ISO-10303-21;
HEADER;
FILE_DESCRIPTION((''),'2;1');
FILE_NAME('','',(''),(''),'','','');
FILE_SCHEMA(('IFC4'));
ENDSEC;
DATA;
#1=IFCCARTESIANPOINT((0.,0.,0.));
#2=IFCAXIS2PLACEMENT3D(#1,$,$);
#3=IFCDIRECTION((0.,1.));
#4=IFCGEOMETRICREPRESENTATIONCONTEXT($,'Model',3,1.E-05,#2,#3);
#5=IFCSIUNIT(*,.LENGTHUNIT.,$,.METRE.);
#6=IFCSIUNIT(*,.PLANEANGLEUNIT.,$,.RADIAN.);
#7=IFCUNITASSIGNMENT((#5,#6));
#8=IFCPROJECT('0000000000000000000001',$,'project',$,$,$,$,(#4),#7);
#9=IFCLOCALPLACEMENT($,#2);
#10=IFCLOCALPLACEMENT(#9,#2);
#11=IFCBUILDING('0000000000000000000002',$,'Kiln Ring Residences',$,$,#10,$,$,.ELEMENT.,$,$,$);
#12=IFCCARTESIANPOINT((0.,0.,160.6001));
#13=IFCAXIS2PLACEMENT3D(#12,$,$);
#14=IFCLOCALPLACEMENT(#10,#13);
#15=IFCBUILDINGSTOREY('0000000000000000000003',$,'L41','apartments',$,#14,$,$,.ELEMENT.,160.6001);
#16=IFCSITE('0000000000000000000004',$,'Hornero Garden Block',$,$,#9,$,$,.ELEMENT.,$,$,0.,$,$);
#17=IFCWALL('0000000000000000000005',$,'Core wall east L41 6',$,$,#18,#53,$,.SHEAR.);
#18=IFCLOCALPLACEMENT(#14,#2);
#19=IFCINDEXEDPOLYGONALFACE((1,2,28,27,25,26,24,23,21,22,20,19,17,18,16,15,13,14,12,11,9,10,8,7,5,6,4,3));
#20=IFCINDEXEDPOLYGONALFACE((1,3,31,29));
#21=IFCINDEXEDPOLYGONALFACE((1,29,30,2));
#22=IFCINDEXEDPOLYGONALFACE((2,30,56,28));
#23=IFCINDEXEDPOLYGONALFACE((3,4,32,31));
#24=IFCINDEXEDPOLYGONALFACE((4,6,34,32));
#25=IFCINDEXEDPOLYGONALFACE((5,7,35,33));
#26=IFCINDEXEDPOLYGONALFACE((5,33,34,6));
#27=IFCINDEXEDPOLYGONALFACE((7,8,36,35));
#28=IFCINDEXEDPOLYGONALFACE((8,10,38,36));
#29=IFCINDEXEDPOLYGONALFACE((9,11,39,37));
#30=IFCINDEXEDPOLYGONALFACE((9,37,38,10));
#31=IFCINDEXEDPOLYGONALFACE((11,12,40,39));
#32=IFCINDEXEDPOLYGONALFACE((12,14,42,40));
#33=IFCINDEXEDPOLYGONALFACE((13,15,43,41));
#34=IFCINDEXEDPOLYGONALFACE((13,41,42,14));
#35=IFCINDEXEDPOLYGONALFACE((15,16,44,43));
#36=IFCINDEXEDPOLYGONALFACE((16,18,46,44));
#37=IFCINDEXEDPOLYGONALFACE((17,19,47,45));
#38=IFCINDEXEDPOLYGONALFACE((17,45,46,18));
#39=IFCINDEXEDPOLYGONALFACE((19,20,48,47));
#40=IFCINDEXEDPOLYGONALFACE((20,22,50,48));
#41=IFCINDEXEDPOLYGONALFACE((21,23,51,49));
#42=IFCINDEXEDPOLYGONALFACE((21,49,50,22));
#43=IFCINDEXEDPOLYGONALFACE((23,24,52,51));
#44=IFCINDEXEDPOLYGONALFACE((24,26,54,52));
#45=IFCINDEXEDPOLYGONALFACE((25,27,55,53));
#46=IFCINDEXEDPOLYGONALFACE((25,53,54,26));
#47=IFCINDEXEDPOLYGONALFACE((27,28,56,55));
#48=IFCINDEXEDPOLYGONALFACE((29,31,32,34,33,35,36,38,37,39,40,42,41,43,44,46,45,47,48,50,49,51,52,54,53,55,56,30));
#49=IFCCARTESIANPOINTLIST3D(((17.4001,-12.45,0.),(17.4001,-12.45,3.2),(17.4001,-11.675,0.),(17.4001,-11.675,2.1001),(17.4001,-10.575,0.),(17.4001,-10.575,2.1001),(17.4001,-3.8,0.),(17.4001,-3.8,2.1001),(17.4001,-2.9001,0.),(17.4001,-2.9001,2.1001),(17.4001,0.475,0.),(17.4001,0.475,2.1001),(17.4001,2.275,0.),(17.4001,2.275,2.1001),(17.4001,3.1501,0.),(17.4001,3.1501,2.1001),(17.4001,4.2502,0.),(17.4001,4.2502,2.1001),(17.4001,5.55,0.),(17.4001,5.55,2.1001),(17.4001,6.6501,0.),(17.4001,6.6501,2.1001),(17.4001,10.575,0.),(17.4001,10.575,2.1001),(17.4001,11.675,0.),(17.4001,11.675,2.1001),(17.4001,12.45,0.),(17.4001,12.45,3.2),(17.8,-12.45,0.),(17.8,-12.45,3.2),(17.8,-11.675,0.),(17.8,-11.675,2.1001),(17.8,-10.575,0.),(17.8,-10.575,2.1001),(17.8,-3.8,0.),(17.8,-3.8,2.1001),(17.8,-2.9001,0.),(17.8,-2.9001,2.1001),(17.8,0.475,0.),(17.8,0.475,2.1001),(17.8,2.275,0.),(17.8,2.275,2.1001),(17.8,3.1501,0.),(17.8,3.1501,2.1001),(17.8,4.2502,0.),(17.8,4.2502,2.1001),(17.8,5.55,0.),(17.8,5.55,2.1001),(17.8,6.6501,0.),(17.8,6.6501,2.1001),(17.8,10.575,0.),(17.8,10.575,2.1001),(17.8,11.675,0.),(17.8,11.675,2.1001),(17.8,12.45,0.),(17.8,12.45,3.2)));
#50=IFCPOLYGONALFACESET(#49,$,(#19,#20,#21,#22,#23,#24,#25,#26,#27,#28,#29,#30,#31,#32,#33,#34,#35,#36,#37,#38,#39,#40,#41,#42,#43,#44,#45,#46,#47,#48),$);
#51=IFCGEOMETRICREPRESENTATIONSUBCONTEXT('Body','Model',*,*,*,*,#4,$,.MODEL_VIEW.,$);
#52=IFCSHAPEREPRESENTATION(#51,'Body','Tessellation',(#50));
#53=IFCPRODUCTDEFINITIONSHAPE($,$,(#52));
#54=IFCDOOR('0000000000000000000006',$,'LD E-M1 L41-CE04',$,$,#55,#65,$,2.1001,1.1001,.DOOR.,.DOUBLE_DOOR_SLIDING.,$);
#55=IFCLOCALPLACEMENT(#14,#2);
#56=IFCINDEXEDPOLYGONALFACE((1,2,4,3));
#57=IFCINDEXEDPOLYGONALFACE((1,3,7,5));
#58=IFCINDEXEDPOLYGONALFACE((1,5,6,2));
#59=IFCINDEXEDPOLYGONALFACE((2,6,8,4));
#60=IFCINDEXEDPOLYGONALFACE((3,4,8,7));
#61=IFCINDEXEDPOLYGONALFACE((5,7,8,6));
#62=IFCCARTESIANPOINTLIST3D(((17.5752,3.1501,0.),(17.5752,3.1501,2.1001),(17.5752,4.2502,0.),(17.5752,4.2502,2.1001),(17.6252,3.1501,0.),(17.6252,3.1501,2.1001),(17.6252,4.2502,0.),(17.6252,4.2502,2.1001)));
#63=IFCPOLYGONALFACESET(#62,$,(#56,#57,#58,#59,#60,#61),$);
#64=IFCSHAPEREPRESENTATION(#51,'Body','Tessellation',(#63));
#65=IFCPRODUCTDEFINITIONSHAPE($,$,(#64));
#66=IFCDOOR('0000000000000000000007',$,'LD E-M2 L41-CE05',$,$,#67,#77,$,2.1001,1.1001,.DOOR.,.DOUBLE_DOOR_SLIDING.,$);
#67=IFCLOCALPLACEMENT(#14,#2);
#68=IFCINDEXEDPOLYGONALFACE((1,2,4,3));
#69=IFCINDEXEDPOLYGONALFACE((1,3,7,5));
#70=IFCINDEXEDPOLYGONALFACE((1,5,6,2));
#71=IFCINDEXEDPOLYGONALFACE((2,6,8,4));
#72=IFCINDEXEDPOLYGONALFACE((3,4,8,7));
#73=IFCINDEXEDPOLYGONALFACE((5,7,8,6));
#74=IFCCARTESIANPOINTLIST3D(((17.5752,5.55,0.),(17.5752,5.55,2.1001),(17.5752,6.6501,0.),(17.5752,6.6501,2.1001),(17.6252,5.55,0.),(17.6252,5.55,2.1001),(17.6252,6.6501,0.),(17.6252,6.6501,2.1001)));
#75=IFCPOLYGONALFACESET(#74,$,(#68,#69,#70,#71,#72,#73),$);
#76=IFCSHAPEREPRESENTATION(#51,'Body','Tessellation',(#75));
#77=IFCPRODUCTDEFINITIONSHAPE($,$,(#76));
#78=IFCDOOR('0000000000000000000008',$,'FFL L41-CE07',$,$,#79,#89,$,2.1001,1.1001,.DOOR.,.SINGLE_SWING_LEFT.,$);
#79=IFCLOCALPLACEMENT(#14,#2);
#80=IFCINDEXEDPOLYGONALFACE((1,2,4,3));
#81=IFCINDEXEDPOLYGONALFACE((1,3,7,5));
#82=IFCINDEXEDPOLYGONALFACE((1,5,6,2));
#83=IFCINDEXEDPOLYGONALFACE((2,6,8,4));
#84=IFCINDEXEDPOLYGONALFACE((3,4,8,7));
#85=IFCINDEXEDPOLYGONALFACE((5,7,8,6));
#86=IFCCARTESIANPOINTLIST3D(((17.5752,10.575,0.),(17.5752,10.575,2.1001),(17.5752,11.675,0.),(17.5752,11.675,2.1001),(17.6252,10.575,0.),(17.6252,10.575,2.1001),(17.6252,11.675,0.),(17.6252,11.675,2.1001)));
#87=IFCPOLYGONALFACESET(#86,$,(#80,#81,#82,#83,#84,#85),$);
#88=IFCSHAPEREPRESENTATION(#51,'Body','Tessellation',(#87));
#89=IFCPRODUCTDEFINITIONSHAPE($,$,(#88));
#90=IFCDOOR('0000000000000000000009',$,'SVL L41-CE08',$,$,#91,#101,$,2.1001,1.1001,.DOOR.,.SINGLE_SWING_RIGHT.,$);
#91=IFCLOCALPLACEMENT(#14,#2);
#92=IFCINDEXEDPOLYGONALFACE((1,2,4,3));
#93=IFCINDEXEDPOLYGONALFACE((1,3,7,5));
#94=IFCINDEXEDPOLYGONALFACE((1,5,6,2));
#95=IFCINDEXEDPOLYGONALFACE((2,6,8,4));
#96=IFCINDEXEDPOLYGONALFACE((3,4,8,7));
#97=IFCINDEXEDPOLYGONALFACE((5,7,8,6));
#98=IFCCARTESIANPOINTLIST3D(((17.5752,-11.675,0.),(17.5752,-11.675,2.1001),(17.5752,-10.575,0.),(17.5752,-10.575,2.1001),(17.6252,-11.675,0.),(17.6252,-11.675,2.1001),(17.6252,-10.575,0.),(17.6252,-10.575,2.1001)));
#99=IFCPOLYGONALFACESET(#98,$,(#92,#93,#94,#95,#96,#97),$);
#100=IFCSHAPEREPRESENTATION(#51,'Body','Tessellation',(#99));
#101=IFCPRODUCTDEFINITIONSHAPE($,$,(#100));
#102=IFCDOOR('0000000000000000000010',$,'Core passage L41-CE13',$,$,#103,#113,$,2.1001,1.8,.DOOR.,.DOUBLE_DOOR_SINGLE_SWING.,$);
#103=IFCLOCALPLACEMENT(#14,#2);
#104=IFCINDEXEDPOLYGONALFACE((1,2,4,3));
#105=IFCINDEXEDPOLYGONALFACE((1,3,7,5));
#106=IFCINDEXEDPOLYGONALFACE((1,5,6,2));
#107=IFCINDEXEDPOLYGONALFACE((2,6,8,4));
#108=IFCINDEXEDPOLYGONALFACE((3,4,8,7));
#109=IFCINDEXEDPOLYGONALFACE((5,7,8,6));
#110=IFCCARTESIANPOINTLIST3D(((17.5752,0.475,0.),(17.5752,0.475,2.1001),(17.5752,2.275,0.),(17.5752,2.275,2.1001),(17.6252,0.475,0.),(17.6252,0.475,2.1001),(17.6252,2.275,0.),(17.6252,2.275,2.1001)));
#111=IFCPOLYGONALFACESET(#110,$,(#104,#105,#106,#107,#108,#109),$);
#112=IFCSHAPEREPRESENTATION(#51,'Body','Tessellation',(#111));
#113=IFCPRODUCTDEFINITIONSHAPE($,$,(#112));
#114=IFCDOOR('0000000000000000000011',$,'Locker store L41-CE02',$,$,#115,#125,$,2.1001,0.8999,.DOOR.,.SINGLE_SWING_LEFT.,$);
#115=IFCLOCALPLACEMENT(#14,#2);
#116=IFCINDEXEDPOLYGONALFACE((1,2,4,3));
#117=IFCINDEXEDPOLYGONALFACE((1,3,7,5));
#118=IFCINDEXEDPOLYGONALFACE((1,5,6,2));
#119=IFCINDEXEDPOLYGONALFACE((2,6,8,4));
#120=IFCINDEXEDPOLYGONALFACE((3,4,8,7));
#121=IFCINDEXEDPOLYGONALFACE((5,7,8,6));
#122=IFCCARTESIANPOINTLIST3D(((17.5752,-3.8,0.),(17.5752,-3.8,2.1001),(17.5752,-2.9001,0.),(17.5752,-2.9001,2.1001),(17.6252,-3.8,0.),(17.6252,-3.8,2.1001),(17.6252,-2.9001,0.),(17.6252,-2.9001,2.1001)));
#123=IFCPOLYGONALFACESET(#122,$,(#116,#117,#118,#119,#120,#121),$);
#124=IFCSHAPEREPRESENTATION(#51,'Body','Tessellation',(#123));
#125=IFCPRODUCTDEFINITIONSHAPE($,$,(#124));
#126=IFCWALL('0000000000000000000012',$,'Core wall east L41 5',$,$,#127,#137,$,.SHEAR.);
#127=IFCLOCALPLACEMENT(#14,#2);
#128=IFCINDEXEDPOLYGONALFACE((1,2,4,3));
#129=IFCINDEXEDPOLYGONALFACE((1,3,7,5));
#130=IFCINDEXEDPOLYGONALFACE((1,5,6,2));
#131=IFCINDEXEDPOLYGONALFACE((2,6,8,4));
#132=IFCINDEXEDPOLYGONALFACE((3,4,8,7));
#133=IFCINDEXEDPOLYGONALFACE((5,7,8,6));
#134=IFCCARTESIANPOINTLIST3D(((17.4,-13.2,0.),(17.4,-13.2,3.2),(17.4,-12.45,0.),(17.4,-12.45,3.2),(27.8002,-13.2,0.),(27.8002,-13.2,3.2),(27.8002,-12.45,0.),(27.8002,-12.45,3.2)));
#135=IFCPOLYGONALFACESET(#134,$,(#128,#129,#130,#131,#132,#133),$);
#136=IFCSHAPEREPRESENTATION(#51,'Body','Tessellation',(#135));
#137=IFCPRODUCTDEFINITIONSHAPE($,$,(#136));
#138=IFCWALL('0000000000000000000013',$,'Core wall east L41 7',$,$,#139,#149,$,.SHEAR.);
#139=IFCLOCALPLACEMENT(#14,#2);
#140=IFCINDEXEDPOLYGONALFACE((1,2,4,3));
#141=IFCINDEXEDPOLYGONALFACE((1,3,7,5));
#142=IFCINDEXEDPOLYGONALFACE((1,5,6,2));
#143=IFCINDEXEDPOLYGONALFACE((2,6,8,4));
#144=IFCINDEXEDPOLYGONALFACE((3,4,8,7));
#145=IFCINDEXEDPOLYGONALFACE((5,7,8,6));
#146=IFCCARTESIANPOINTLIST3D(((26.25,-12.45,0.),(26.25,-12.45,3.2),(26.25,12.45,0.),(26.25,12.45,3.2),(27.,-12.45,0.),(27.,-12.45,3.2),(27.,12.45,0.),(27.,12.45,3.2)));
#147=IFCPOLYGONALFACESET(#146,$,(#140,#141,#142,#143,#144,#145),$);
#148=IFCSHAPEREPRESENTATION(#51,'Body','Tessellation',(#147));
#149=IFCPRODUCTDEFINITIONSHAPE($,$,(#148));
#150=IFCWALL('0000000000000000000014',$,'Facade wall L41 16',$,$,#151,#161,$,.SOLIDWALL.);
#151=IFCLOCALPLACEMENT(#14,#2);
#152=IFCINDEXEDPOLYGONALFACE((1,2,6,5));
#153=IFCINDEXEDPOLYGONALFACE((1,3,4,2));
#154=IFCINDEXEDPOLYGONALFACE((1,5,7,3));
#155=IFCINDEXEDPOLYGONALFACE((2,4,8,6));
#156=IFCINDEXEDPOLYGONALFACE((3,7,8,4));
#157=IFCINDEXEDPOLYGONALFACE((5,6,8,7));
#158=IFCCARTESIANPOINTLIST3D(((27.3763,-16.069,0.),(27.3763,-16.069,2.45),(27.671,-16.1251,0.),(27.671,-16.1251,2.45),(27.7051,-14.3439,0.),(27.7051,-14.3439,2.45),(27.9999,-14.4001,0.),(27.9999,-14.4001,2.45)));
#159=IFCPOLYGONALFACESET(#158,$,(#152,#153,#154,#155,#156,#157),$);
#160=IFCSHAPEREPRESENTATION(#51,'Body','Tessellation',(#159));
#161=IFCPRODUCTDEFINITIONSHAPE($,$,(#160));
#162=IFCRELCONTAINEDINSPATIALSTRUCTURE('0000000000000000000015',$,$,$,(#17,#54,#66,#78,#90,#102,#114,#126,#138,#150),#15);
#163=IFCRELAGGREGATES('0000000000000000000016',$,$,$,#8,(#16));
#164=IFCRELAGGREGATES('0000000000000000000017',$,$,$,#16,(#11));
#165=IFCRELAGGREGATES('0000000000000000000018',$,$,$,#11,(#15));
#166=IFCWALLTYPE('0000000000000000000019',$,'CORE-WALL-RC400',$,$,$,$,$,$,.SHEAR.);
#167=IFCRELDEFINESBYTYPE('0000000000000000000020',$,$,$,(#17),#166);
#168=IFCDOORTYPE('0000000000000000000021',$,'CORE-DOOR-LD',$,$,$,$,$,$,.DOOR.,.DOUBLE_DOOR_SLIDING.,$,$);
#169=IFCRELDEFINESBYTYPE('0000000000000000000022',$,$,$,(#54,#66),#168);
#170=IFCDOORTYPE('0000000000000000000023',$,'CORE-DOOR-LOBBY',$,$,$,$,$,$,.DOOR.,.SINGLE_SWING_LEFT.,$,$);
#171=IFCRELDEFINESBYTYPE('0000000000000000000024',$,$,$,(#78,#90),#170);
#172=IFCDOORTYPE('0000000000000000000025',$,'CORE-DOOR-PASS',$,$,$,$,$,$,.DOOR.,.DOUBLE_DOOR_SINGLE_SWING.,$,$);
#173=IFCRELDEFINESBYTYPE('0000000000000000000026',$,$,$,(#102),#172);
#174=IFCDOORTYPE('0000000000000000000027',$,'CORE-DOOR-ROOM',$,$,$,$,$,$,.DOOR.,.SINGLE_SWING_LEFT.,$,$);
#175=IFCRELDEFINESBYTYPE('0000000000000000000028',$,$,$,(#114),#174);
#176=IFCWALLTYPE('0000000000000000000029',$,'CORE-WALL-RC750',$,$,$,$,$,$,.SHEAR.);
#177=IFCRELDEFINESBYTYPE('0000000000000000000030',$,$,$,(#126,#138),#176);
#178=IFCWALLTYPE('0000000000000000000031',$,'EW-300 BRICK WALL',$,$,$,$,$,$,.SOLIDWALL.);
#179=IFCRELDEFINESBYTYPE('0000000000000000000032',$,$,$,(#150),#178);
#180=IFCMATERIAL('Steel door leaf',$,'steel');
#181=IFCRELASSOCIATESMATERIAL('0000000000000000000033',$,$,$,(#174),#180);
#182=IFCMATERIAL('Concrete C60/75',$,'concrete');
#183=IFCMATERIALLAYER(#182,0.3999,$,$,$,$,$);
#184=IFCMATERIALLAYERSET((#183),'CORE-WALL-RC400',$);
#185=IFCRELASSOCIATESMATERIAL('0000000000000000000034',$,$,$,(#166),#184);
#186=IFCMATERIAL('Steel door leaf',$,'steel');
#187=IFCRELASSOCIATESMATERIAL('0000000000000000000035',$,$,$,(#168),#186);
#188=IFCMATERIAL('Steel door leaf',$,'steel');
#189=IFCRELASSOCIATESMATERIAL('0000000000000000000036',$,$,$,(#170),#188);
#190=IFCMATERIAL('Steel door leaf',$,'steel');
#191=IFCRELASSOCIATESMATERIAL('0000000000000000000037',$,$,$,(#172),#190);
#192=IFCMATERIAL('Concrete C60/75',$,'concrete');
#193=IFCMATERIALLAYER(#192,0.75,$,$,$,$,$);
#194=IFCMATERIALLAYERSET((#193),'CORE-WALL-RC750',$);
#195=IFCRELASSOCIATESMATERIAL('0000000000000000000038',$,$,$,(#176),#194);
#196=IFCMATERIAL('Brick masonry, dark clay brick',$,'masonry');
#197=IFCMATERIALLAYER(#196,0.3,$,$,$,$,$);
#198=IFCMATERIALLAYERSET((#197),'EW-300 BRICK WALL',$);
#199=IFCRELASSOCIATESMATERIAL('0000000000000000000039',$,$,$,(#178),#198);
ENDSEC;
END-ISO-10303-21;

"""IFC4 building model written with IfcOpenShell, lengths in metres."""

from ifc_helpers import new_model, si_unit, direction, frame, frame_2d, origin, place, context, subcontext, project, spatial, rectangle, extrude, material, layer, layer_set, type_object, element, fill, save


model = new_model("IFC4")

# Units and contexts
model_context = context("Model", 3, precision=1e-05, world=origin(), true_north=direction((0.0, 1.0)))
body_context = subcontext(model_context, "Body", "Model", "MODEL_VIEW")
ifc_project = project(units=[si_unit("LENGTHUNIT", "METRE"), si_unit("PLANEANGLEUNIT", "RADIAN")], contexts=[model_context])

# Site, building, storey
site_placement = place(None, origin())
site = spatial("IfcSite", under=ifc_project, at=site_placement, Name="Hornero Garden Block", CompositionType="ELEMENT", RefElevation=0.0)
building_placement = place(site_placement, origin())
building = spatial("IfcBuilding", under=site, at=building_placement, Name="Kiln Ring Residences", CompositionType="ELEMENT")
storey_placement = place(building_placement, frame((0.0, 0.0, 160.6001)))
storey = spatial("IfcBuildingStorey", under=building, at=storey_placement, Name="L41", Description="apartments", CompositionType="ELEMENT", Elevation=160.6001)

# Shared definitions
ifc_material_1 = material(Name="Steel door leaf", Category="steel")
door_type_1 = type_object("IfcDoorType", Name="CORE-DOOR-ROOM", OperationType="SINGLE_SWING_LEFT", PredefinedType="DOOR", material=ifc_material_1)

# Wall, openings, doors
ifc_material_2 = material(Name="Concrete C60/75", Category="concrete")
ifc_layer_1 = layer(ifc_material_2, 0.3999)
ifc_layer_set_1 = layer_set([ifc_layer_1], Name="CORE-WALL-RC400")
wall_type_1 = type_object("IfcWallType", Name="CORE-WALL-RC400", PredefinedType="SHEAR", material=ifc_layer_set_1)
wall_1_placement = place(storey_placement, frame((17.6001, -12.45, 0.0), z_axis=(0.0, 0.0, 1.0), x_axis=(0.0, 1.0, 0.0)))
wall_1 = element("IfcWall", 1, at=wall_1_placement, inside=storey, type_object=wall_type_1, Name="Core wall east L41 6", PredefinedType="SHEAR", context=body_context, shape_type="SweptSolid", body=[
    extrude(rectangle(XDim=24.8999, YDim=0.3999, at=frame_2d((12.45, 0.0))), origin(), (0.0, 0.0, 1.0), 3.2),
])
opening_1_placement = place(wall_1_placement, frame((8.6499, 0.0, 0.0)))
opening_1 = element("IfcOpeningElement", 2, at=opening_1_placement, cuts=wall_1, PredefinedType="OPENING", context=body_context, shape_type="SweptSolid", body=[
    extrude(rectangle(XDim=0.8999, YDim=2.1001, at=frame_2d((0.45, 1.05))), frame((0.0, 0.21, 0.0), z_axis=(0.0, -1.0, 0.0), x_axis=(1.0, 0.0, 0.0)), (0.0, 0.0, 1.0), 0.4199),
])
opening_2_placement = place(wall_1_placement, frame((15.6001, 0.0, 0.0)))
opening_2 = element("IfcOpeningElement", 3, at=opening_2_placement, cuts=wall_1, PredefinedType="OPENING", context=body_context, shape_type="SweptSolid", body=[
    extrude(rectangle(XDim=1.1001, YDim=2.1001, at=frame_2d((0.55, 1.05))), frame((0.0, 0.21, 0.0), z_axis=(0.0, -1.0, 0.0), x_axis=(1.0, 0.0, 0.0)), (0.0, 0.0, 1.0), 0.4199),
])
opening_3_placement = place(wall_1_placement, frame((18.0, 0.0, 0.0)))
opening_3 = element("IfcOpeningElement", 4, at=opening_3_placement, cuts=wall_1, PredefinedType="OPENING", context=body_context, shape_type="SweptSolid", body=[
    extrude(rectangle(XDim=1.1001, YDim=2.1001, at=frame_2d((0.55, 1.05))), frame((0.0, 0.21, 0.0), z_axis=(0.0, -1.0, 0.0), x_axis=(1.0, 0.0, 0.0)), (0.0, 0.0, 1.0), 0.4199),
])
opening_4_placement = place(wall_1_placement, frame((23.0249, 0.0, 0.0)))
opening_4 = element("IfcOpeningElement", 5, at=opening_4_placement, cuts=wall_1, PredefinedType="OPENING", context=body_context, shape_type="SweptSolid", body=[
    extrude(rectangle(XDim=1.1001, YDim=2.1001, at=frame_2d((0.55, 1.05))), frame((0.0, 0.21, 0.0), z_axis=(0.0, -1.0, 0.0), x_axis=(1.0, 0.0, 0.0)), (0.0, 0.0, 1.0), 0.4199),
])
opening_5_placement = place(wall_1_placement, frame((0.7749, 0.0, 0.0)))
opening_5 = element("IfcOpeningElement", 6, at=opening_5_placement, cuts=wall_1, PredefinedType="OPENING", context=body_context, shape_type="SweptSolid", body=[
    extrude(rectangle(XDim=1.1001, YDim=2.1001, at=frame_2d((0.55, 1.05))), frame((0.0, 0.21, 0.0), z_axis=(0.0, -1.0, 0.0), x_axis=(1.0, 0.0, 0.0)), (0.0, 0.0, 1.0), 0.4199),
])
opening_6_placement = place(wall_1_placement, frame((12.925, 0.0, 0.0)))
opening_6 = element("IfcOpeningElement", 7, at=opening_6_placement, cuts=wall_1, PredefinedType="OPENING", context=body_context, shape_type="SweptSolid", body=[
    extrude(rectangle(XDim=1.8, YDim=2.1001, at=frame_2d((0.8999, 1.05))), frame((0.0, 0.21, 0.0), z_axis=(0.0, -1.0, 0.0), x_axis=(1.0, 0.0, 0.0)), (0.0, 0.0, 1.0), 0.4199),
])
ifc_material_3 = material(Name="Steel door leaf", Category="steel")
door_type_2 = type_object("IfcDoorType", Name="CORE-DOOR-LD", OperationType="DOUBLE_DOOR_SLIDING", PredefinedType="DOOR", material=ifc_material_3)
door_1_placement = place(opening_2_placement, origin())
door_1 = element("IfcDoor", 8, at=door_1_placement, inside=storey, type_object=door_type_2, Name="LD E-M1 L41-CE04", OperationType="DOUBLE_DOOR_SLIDING", OverallHeight=2.1001, OverallWidth=1.1001, PredefinedType="DOOR", context=body_context, shape_type="SweptSolid", body=[
    extrude(rectangle(XDim=1.1001, YDim=2.1001, at=frame_2d((0.55, 1.05))), frame((0.0, 0.0249, 0.0), z_axis=(0.0, -1.0, 0.0), x_axis=(1.0, 0.0, 0.0)), (0.0, 0.0, 1.0), 0.05),
])
fill(opening_2, door_1)
door_2_placement = place(opening_3_placement, origin())
door_2 = element("IfcDoor", 9, at=door_2_placement, inside=storey, type_object=door_type_2, Name="LD E-M2 L41-CE05", OperationType="DOUBLE_DOOR_SLIDING", OverallHeight=2.1001, OverallWidth=1.1001, PredefinedType="DOOR", context=body_context, shape_type="SweptSolid", body=[
    extrude(rectangle(XDim=1.1001, YDim=2.1001, at=frame_2d((0.55, 1.05))), frame((0.0, 0.0249, 0.0), z_axis=(0.0, -1.0, 0.0), x_axis=(1.0, 0.0, 0.0)), (0.0, 0.0, 1.0), 0.05),
])
fill(opening_3, door_2)
ifc_material_4 = material(Name="Steel door leaf", Category="steel")
door_type_3 = type_object("IfcDoorType", Name="CORE-DOOR-LOBBY", OperationType="SINGLE_SWING_LEFT", PredefinedType="DOOR", material=ifc_material_4)
door_3_placement = place(opening_4_placement, origin())
door_3 = element("IfcDoor", 10, at=door_3_placement, inside=storey, type_object=door_type_3, Name="FFL L41-CE07", OperationType="SINGLE_SWING_LEFT", OverallHeight=2.1001, OverallWidth=1.1001, PredefinedType="DOOR", context=body_context, shape_type="SweptSolid", body=[
    extrude(rectangle(XDim=1.1001, YDim=2.1001, at=frame_2d((0.55, 1.05))), frame((0.0, 0.0249, 0.0), z_axis=(0.0, -1.0, 0.0), x_axis=(1.0, 0.0, 0.0)), (0.0, 0.0, 1.0), 0.05),
])
fill(opening_4, door_3)
door_4_placement = place(opening_5_placement, origin())
door_4 = element("IfcDoor", 11, at=door_4_placement, inside=storey, type_object=door_type_3, Name="SVL L41-CE08", OperationType="SINGLE_SWING_RIGHT", OverallHeight=2.1001, OverallWidth=1.1001, PredefinedType="DOOR", context=body_context, shape_type="SweptSolid", body=[
    extrude(rectangle(XDim=1.1001, YDim=2.1001, at=frame_2d((0.55, 1.05))), frame((0.0, 0.0249, 0.0), z_axis=(0.0, -1.0, 0.0), x_axis=(1.0, 0.0, 0.0)), (0.0, 0.0, 1.0), 0.05),
])
fill(opening_5, door_4)
ifc_material_5 = material(Name="Steel door leaf", Category="steel")
door_type_4 = type_object("IfcDoorType", Name="CORE-DOOR-PASS", OperationType="DOUBLE_DOOR_SINGLE_SWING", PredefinedType="DOOR", material=ifc_material_5)
door_5_placement = place(opening_6_placement, origin())
door_5 = element("IfcDoor", 12, at=door_5_placement, inside=storey, type_object=door_type_4, Name="Core passage L41-CE13", OperationType="DOUBLE_DOOR_SINGLE_SWING", OverallHeight=2.1001, OverallWidth=1.8, PredefinedType="DOOR", context=body_context, shape_type="SweptSolid", body=[
    extrude(rectangle(XDim=1.8, YDim=2.1001, at=frame_2d((0.8999, 1.05))), frame((0.0, 0.0249, 0.0), z_axis=(0.0, -1.0, 0.0), x_axis=(1.0, 0.0, 0.0)), (0.0, 0.0, 1.0), 0.05),
])
fill(opening_6, door_5)
door_6_placement = place(opening_1_placement, origin())
door_6 = element("IfcDoor", 13, at=door_6_placement, inside=storey, type_object=door_type_1, Name="Locker store L41-CE02", OperationType="SINGLE_SWING_LEFT", OverallHeight=2.1001, OverallWidth=0.8999, PredefinedType="DOOR", context=body_context, shape_type="SweptSolid", body=[
    extrude(rectangle(XDim=0.8999, YDim=2.1001, at=frame_2d((0.45, 1.05))), frame((0.0, 0.0249, 0.0), z_axis=(0.0, -1.0, 0.0), x_axis=(1.0, 0.0, 0.0)), (0.0, 0.0, 1.0), 0.05),
])
fill(opening_1, door_6)

# Walls
ifc_material_6 = material(Name="Concrete C60/75", Category="concrete")
ifc_layer_2 = layer(ifc_material_6, 0.75)
ifc_layer_set_2 = layer_set([ifc_layer_2], Name="CORE-WALL-RC750")
wall_type_2 = type_object("IfcWallType", Name="CORE-WALL-RC750", PredefinedType="SHEAR", material=ifc_layer_set_2)
wall_2_placement = place(storey_placement, frame((17.3999, -12.825, 0.0), z_axis=(0.0, 0.0, 1.0), x_axis=(1.0, 0.0, 0.0)))
element("IfcWall", 14, at=wall_2_placement, inside=storey, type_object=wall_type_2, Name="Core wall east L41 5", PredefinedType="SHEAR", context=body_context, shape_type="SweptSolid", body=[
    extrude(rectangle(XDim=10.4001, YDim=0.75, at=frame_2d((5.2002, 0.0))), origin(), (0.0, 0.0, 1.0), 3.2),
])
wall_3_placement = place(storey_placement, frame((26.625, -12.45, 0.0), z_axis=(0.0, 0.0, 1.0), x_axis=(0.0, 1.0, 0.0)))
element("IfcWall", 15, at=wall_3_placement, inside=storey, type_object=wall_type_2, Name="Core wall east L41 7", PredefinedType="SHEAR", context=body_context, shape_type="SweptSolid", body=[
    extrude(rectangle(XDim=24.8999, YDim=0.75, at=frame_2d((12.45, 0.0))), origin(), (0.0, 0.0, 1.0), 3.2),
])
ifc_material_7 = material(Name="Brick masonry, dark clay brick", Category="masonry")
ifc_layer_3 = layer(ifc_material_7, 0.3)
ifc_layer_set_3 = layer_set([ifc_layer_3], Name="EW-300 BRICK WALL")
wall_type_3 = type_object("IfcWallType", Name="EW-300 BRICK WALL", PredefinedType="SOLIDWALL", material=ifc_layer_set_3)
wall_4_placement = place(storey_placement, frame((27.5237, -16.0969, 0.0), z_axis=(0.0, 0.0, 1.0), x_axis=(0.187259, 0.982311, 0.0)))
element("IfcWall", 16, at=wall_4_placement, inside=storey, type_object=wall_type_3, Name="Facade wall L41 16", PredefinedType="SOLIDWALL", context=body_context, shape_type="SweptSolid", body=[
    extrude(rectangle(XDim=1.7561, YDim=0.3, at=frame_2d((0.8779, 0.0))), origin(), (0.0, 0.0, 1.0), 2.45),
])

save(model, "model.ifc")
